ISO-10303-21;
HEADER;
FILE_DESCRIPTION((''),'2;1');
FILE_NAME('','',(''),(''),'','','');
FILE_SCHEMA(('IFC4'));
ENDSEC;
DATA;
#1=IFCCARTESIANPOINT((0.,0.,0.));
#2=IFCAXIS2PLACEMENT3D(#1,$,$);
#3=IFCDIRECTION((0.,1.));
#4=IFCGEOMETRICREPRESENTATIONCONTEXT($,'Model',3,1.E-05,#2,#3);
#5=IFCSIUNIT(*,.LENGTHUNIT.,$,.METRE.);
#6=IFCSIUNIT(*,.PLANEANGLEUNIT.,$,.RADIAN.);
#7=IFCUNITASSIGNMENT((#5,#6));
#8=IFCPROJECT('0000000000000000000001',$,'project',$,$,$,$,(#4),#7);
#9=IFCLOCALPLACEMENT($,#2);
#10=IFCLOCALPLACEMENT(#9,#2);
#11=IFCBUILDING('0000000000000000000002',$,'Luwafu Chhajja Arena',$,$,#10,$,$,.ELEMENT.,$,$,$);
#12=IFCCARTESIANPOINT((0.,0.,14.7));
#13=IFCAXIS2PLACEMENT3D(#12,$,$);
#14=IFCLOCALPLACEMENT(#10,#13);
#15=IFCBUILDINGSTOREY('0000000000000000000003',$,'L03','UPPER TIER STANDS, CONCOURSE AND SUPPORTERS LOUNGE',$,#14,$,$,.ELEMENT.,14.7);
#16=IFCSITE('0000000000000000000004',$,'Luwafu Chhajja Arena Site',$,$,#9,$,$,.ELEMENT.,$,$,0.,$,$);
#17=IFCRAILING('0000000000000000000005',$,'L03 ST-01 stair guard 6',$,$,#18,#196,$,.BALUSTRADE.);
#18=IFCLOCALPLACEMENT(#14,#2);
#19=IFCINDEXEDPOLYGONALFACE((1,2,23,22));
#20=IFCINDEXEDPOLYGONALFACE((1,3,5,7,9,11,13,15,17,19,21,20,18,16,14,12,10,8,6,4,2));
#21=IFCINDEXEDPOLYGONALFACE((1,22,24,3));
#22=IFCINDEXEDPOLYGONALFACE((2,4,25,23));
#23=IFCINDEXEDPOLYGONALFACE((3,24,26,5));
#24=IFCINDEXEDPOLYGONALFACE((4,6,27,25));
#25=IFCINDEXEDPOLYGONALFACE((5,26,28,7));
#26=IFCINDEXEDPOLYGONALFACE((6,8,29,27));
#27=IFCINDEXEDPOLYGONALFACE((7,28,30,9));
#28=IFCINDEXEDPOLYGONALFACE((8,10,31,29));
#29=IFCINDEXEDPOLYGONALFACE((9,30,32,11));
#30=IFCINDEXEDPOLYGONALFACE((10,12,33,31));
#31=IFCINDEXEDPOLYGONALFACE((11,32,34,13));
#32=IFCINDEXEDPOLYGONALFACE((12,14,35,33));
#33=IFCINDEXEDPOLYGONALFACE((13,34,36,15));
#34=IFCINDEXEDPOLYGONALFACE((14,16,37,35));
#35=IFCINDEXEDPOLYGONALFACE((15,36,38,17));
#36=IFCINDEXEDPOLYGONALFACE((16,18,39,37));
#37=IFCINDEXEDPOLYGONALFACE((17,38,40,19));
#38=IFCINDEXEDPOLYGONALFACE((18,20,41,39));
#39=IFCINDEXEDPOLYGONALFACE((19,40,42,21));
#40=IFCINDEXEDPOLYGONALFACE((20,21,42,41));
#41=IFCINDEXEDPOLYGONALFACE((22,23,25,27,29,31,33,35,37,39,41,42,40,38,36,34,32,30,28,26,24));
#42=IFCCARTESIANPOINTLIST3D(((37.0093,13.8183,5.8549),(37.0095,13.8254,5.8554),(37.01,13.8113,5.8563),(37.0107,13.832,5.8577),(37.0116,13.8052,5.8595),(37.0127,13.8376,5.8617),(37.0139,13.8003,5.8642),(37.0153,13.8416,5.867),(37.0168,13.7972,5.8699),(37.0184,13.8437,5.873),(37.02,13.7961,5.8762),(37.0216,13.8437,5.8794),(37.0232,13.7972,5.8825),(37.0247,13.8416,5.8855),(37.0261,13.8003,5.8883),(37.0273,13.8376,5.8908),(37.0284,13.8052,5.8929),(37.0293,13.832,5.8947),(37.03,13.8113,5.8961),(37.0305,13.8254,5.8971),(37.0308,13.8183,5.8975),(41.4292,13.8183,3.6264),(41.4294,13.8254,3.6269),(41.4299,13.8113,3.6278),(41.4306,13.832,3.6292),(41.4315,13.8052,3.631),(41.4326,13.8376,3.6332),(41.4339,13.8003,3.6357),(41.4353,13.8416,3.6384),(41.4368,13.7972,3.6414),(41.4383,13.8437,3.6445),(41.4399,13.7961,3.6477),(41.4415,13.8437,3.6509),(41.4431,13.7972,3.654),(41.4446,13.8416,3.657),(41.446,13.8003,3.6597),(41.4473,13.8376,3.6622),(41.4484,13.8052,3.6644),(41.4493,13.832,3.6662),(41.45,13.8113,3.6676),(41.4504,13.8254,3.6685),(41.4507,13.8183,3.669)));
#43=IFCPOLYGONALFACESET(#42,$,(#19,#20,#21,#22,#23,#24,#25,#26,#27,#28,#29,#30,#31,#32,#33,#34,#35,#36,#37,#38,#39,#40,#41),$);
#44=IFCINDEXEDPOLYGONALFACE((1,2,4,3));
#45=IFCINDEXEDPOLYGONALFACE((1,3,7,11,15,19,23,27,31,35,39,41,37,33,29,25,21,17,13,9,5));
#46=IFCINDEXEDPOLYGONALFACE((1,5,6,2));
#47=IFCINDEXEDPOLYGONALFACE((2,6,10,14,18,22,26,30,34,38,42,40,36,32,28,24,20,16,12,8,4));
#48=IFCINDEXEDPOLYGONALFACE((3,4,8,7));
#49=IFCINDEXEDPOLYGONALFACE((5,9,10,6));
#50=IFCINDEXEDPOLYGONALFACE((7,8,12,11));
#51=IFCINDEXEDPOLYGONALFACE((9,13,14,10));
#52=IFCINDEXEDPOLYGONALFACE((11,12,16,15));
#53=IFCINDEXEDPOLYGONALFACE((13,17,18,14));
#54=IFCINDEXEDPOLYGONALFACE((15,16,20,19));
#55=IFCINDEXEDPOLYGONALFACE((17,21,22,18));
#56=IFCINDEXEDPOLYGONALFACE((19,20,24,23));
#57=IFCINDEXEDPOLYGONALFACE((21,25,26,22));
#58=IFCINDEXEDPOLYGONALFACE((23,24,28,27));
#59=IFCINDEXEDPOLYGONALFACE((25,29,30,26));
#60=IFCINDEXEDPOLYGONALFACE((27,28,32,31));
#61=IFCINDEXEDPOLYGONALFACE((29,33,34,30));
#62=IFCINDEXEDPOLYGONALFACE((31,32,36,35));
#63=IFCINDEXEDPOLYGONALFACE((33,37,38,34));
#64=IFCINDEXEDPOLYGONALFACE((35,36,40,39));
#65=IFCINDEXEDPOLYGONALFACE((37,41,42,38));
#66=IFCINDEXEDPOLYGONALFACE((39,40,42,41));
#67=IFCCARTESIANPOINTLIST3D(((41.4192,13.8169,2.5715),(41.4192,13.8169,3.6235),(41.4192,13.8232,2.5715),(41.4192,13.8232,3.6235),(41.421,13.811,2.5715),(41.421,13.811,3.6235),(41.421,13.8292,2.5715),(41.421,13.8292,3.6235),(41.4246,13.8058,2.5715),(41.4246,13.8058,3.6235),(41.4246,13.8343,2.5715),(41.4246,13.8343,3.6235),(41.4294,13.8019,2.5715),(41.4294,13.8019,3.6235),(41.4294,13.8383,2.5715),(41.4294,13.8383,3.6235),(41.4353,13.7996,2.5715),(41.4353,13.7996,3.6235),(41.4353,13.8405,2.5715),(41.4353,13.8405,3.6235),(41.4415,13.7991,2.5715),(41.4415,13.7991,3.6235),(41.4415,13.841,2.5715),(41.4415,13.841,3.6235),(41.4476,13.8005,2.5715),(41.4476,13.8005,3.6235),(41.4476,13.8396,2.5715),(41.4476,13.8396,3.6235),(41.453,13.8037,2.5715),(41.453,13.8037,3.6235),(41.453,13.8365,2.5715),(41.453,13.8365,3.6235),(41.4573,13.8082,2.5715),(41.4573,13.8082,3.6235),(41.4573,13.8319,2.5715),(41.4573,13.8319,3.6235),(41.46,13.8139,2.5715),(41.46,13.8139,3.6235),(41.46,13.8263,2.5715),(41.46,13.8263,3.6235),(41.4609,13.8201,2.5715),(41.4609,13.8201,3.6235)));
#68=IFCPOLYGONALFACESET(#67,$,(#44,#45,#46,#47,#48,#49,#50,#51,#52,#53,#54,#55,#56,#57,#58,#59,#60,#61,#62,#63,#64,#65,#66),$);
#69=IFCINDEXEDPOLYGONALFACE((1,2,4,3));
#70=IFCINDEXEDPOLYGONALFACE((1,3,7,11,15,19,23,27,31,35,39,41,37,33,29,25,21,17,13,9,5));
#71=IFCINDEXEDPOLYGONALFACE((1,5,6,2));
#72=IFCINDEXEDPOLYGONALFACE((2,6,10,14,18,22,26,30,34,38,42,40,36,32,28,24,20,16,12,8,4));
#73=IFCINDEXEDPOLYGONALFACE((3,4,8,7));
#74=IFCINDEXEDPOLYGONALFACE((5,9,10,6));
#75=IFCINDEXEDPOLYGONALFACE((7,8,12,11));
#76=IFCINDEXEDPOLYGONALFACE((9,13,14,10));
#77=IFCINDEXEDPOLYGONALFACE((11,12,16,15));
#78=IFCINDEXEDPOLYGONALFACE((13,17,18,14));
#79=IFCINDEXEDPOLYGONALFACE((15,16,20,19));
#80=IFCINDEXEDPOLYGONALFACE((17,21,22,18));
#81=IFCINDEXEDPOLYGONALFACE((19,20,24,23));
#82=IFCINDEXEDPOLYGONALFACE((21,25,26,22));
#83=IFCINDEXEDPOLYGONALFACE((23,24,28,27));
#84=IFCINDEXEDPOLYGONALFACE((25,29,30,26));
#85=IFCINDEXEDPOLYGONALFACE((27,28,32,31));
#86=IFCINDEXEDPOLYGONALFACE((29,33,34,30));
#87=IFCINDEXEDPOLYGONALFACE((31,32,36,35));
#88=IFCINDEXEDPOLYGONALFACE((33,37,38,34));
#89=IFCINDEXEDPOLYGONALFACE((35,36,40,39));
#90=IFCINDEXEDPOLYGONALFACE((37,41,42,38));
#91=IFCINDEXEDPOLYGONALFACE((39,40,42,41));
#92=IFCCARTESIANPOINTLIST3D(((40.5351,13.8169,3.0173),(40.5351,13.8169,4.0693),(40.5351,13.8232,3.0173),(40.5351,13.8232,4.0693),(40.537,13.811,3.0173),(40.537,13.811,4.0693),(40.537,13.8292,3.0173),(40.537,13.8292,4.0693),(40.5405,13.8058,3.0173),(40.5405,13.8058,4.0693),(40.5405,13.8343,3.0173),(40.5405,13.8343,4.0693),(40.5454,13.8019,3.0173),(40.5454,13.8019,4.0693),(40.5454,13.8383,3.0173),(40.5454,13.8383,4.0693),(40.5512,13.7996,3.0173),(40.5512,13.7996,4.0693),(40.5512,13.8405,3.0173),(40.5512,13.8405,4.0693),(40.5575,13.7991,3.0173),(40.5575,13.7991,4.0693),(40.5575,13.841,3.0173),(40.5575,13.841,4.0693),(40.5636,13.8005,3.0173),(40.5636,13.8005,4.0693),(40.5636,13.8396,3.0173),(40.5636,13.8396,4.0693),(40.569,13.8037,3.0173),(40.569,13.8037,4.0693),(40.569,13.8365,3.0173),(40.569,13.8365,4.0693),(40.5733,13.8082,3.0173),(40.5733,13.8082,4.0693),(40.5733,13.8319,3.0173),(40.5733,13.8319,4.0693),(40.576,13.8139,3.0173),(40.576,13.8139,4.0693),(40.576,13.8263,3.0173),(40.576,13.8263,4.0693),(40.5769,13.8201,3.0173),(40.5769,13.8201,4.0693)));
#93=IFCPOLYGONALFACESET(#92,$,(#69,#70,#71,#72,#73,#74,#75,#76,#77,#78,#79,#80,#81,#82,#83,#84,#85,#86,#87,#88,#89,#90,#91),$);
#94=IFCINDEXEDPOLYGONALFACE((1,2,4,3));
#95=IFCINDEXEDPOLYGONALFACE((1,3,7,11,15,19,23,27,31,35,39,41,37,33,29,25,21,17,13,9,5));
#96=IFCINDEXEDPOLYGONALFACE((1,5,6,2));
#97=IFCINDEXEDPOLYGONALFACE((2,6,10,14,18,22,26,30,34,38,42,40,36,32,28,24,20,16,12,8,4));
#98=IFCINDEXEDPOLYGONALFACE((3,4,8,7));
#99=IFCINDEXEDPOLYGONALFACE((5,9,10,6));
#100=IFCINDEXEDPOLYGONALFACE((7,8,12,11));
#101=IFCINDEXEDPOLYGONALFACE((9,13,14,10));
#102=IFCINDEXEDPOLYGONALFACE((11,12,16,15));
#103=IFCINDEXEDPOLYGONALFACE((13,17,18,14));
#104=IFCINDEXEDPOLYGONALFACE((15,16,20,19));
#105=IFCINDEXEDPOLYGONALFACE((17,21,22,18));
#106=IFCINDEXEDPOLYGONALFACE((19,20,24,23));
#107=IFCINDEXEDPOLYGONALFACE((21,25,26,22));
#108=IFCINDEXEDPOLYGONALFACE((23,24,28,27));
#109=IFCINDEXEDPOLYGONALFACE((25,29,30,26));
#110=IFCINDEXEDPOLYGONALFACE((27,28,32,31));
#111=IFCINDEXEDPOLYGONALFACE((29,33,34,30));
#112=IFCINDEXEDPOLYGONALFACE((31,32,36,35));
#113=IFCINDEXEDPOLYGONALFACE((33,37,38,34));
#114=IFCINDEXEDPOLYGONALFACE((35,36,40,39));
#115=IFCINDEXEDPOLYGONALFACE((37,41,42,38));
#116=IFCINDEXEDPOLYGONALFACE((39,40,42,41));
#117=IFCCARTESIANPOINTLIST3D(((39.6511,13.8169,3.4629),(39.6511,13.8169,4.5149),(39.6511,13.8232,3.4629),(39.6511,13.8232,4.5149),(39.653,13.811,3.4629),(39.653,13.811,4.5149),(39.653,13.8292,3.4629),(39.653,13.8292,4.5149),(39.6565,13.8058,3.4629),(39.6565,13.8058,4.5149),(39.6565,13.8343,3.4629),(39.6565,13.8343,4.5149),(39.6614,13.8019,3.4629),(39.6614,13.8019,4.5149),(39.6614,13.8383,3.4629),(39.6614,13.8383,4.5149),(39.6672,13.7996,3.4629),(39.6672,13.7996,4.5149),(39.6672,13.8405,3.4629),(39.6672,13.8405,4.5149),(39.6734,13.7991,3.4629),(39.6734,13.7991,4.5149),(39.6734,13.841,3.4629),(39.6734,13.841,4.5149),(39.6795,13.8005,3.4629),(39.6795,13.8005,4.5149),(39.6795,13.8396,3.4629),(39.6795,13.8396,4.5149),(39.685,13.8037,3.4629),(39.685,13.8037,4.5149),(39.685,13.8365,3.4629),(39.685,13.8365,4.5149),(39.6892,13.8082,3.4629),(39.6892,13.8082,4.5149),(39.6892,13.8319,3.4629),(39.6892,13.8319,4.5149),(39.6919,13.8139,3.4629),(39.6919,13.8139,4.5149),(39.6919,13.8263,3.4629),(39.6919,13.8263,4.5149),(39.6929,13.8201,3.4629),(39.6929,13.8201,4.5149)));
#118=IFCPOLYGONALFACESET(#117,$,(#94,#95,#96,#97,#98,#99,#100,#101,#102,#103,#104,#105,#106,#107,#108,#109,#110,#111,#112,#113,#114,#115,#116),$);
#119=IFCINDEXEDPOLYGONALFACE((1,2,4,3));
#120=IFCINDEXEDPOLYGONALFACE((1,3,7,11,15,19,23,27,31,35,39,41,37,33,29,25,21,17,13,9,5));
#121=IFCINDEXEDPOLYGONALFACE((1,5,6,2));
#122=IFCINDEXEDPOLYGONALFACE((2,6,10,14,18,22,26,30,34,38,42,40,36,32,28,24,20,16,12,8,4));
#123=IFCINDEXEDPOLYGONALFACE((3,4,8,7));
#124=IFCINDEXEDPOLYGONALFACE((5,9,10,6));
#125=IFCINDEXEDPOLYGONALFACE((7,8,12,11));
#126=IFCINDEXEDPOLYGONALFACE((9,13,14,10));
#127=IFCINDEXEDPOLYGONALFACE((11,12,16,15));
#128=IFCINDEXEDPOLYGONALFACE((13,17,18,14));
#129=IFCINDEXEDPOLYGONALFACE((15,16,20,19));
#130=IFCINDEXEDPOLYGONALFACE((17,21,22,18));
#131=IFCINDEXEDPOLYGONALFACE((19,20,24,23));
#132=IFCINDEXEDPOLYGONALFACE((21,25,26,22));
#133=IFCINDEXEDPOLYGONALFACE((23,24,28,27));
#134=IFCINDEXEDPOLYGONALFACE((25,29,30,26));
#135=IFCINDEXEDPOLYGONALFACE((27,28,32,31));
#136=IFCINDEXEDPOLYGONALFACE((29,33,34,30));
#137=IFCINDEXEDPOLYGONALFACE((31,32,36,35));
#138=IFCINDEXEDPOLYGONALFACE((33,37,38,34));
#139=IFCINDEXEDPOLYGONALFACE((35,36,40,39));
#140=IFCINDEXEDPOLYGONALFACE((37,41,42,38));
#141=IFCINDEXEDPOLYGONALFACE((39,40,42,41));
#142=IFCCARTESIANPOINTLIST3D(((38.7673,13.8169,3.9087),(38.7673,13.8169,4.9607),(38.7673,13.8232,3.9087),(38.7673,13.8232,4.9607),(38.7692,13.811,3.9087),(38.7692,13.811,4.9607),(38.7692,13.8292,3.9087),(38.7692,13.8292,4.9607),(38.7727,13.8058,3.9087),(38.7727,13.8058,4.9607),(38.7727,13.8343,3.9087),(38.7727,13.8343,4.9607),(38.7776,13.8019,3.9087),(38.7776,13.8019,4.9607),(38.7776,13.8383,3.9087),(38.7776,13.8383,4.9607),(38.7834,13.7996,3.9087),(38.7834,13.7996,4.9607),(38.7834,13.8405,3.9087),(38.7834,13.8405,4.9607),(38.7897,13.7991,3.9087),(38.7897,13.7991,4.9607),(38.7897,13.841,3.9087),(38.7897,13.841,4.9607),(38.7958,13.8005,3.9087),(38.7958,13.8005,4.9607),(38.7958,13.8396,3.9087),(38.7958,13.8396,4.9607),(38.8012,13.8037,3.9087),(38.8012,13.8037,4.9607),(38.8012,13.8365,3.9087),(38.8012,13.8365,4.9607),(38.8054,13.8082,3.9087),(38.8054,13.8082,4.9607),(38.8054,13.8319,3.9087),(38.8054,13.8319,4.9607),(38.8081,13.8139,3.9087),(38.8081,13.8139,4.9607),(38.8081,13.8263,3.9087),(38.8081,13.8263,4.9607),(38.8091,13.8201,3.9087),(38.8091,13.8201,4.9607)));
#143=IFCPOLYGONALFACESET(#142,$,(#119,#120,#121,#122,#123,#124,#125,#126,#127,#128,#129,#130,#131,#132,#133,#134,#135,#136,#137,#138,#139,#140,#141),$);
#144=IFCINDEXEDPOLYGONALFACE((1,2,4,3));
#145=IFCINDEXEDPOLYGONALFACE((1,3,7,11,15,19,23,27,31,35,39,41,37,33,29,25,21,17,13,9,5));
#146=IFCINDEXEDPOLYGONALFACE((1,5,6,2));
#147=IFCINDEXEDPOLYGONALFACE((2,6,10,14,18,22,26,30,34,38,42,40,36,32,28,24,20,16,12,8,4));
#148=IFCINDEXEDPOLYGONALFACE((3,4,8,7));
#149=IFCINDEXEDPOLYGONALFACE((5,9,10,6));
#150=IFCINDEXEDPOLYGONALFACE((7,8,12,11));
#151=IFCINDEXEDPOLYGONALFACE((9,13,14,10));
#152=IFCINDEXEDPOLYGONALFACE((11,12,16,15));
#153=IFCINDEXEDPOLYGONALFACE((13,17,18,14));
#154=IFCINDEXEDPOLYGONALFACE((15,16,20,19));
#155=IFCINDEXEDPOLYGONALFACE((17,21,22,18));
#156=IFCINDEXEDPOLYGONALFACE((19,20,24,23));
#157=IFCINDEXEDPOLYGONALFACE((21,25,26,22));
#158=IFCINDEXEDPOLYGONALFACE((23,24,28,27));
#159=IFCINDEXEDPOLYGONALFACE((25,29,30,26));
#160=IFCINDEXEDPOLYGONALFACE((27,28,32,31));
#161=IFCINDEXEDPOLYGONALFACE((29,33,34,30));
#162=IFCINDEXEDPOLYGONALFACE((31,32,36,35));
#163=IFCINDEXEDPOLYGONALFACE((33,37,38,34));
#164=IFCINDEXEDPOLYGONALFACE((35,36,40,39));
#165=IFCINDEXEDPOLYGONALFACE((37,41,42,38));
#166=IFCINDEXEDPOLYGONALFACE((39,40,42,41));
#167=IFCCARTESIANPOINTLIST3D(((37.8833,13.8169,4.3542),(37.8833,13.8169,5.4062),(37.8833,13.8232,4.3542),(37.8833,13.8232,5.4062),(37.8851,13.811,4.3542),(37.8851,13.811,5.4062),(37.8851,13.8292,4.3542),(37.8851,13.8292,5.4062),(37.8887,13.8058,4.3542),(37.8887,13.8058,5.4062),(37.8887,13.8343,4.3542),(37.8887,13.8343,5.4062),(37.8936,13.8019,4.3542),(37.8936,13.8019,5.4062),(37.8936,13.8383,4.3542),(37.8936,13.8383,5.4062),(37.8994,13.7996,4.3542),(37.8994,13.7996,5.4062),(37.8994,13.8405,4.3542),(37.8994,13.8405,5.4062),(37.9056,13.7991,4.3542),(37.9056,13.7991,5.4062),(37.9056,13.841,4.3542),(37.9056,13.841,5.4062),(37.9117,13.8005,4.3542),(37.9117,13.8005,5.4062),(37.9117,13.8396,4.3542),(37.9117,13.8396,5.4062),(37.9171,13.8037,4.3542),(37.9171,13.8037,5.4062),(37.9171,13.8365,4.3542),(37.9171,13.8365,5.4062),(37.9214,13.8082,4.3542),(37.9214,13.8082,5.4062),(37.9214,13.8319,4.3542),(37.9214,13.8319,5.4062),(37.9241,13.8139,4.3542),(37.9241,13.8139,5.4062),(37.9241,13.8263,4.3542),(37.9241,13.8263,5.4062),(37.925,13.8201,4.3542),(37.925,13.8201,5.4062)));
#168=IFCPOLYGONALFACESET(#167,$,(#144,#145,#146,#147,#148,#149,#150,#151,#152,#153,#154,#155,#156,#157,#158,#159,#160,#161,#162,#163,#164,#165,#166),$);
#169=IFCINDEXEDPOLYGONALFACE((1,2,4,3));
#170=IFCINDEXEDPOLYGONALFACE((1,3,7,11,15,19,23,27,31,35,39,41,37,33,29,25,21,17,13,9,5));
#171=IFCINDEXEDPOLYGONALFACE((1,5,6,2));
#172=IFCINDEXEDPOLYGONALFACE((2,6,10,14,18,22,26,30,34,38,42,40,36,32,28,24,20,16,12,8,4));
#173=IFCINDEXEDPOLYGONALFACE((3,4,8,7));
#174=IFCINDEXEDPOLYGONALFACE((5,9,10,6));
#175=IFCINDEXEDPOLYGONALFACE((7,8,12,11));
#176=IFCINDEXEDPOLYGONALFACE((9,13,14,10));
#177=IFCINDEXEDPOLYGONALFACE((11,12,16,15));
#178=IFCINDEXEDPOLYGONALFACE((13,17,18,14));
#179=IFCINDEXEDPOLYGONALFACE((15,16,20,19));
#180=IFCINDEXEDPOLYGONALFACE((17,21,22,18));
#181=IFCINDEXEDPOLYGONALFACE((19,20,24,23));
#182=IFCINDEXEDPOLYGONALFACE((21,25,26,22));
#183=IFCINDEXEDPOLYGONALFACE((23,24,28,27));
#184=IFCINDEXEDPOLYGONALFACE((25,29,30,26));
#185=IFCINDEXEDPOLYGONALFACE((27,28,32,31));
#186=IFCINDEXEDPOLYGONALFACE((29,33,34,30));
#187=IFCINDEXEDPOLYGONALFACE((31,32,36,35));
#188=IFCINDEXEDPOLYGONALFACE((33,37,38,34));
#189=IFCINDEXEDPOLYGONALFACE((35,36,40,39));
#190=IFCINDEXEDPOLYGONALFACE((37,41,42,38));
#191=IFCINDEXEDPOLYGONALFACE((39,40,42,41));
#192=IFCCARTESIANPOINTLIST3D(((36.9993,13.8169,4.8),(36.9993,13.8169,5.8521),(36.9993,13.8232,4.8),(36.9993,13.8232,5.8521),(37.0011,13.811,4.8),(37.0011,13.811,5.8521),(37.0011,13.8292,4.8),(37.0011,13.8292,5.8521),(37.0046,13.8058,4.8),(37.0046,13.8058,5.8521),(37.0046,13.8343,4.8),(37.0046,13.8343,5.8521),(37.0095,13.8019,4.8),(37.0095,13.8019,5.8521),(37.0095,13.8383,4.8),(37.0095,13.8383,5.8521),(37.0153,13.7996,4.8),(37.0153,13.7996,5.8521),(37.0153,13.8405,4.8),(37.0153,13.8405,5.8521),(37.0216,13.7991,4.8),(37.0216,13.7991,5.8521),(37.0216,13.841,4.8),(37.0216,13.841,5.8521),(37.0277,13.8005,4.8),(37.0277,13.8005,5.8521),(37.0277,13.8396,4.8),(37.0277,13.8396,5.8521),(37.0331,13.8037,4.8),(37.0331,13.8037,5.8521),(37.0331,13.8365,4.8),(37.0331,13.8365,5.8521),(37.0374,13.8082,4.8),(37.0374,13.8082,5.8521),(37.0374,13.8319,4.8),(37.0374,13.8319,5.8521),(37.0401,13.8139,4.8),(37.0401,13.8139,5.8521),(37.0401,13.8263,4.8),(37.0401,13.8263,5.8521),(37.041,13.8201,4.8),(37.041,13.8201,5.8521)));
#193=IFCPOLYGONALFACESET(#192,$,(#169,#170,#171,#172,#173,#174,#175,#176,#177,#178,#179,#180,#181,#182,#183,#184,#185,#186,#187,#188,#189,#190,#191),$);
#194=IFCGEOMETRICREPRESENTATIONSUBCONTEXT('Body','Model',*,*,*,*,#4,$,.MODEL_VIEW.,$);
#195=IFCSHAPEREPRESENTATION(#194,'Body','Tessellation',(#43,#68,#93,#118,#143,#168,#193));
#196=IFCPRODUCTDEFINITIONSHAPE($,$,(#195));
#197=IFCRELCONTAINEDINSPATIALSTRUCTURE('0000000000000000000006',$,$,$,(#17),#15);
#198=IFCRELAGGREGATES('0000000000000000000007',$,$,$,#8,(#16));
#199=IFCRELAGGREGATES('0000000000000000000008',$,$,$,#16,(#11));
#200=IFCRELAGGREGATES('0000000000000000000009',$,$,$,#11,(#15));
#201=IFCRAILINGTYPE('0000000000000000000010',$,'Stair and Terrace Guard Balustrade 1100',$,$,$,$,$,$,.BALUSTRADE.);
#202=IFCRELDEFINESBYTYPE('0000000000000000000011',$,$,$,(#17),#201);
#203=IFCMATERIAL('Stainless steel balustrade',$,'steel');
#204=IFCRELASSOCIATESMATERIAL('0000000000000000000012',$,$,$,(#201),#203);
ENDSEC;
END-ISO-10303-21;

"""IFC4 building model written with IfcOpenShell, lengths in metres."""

from ifc_helpers import new_model, si_unit, direction, frame, origin, origin_2d, place, context, subcontext, project, spatial, circle, extrude, material, type_object, element, save


model = new_model("IFC4")

# Units and contexts
model_context = context("Model", 3, precision=1e-05, world=origin(), true_north=direction((0.0, 1.0)))
body_context = subcontext(model_context, "Body", "Model", "MODEL_VIEW")
ifc_project = project(units=[si_unit("LENGTHUNIT", "METRE"), si_unit("PLANEANGLEUNIT", "RADIAN")], contexts=[model_context])

# Site, building, storey
site_placement = place(None, origin())
site = spatial("IfcSite", under=ifc_project, at=site_placement, Name="Luwafu Chhajja Arena Site", CompositionType="ELEMENT", RefElevation=0.0)
building_placement = place(site_placement, origin())
building = spatial("IfcBuilding", under=site, at=building_placement, Name="Luwafu Chhajja Arena", CompositionType="ELEMENT")
storey_placement = place(building_placement, frame((0.0, 0.0, 14.7)))
storey = spatial("IfcBuildingStorey", under=building, at=storey_placement, Name="L03", Description="UPPER TIER STANDS, CONCOURSE AND SUPPORTERS LOUNGE", CompositionType="ELEMENT", Elevation=14.7)

# Railing
ifc_material_1 = material(Name="Stainless steel balustrade", Category="steel")
railing_type_1 = type_object("IfcRailingType", Name="Stair and Terrace Guard Balustrade 1100", PredefinedType="BALUSTRADE", material=ifc_material_1)
railing_1_placement = place(storey_placement, frame((41.4399, 13.8201, 2.5715)))
element("IfcRailing", 1, at=railing_1_placement, inside=storey, type_object=railing_type_1, Name="L03 ST-01 stair guard 6", PredefinedType="BALUSTRADE", context=body_context, shape_type="SweptSolid", body=[
    extrude(circle(Radius=0.0239, at=origin_2d()), frame((0.0, 0.0, 1.0762), z_axis=(-0.892923, 0.0, 0.45021), x_axis=(0.0, -1.0, 0.0)), (0.0, 0.0, 1.0), 4.95),
    extrude(circle(Radius=0.021, at=origin_2d()), origin(), (0.0, 0.0, 1.0), 1.052),
    extrude(circle(Radius=0.021, at=origin_2d()), frame((-0.884, 0.0, 0.4458)), (0.0, 0.0, 1.0), 1.052),
    extrude(circle(Radius=0.021, at=origin_2d()), frame((-1.7681, 0.0, 0.8914)), (0.0, 0.0, 1.0), 1.052),
    extrude(circle(Radius=0.021, at=origin_2d()), frame((-2.6519, 0.0, 1.3372)), (0.0, 0.0, 1.0), 1.052),
    extrude(circle(Radius=0.021, at=origin_2d()), frame((-3.5359, 0.0, 1.7827)), (0.0, 0.0, 1.0), 1.052),
    extrude(circle(Radius=0.021, at=origin_2d()), frame((-4.4199, 0.0, 2.2285)), (0.0, 0.0, 1.0), 1.052),
])

save(model, "model.ifc")
